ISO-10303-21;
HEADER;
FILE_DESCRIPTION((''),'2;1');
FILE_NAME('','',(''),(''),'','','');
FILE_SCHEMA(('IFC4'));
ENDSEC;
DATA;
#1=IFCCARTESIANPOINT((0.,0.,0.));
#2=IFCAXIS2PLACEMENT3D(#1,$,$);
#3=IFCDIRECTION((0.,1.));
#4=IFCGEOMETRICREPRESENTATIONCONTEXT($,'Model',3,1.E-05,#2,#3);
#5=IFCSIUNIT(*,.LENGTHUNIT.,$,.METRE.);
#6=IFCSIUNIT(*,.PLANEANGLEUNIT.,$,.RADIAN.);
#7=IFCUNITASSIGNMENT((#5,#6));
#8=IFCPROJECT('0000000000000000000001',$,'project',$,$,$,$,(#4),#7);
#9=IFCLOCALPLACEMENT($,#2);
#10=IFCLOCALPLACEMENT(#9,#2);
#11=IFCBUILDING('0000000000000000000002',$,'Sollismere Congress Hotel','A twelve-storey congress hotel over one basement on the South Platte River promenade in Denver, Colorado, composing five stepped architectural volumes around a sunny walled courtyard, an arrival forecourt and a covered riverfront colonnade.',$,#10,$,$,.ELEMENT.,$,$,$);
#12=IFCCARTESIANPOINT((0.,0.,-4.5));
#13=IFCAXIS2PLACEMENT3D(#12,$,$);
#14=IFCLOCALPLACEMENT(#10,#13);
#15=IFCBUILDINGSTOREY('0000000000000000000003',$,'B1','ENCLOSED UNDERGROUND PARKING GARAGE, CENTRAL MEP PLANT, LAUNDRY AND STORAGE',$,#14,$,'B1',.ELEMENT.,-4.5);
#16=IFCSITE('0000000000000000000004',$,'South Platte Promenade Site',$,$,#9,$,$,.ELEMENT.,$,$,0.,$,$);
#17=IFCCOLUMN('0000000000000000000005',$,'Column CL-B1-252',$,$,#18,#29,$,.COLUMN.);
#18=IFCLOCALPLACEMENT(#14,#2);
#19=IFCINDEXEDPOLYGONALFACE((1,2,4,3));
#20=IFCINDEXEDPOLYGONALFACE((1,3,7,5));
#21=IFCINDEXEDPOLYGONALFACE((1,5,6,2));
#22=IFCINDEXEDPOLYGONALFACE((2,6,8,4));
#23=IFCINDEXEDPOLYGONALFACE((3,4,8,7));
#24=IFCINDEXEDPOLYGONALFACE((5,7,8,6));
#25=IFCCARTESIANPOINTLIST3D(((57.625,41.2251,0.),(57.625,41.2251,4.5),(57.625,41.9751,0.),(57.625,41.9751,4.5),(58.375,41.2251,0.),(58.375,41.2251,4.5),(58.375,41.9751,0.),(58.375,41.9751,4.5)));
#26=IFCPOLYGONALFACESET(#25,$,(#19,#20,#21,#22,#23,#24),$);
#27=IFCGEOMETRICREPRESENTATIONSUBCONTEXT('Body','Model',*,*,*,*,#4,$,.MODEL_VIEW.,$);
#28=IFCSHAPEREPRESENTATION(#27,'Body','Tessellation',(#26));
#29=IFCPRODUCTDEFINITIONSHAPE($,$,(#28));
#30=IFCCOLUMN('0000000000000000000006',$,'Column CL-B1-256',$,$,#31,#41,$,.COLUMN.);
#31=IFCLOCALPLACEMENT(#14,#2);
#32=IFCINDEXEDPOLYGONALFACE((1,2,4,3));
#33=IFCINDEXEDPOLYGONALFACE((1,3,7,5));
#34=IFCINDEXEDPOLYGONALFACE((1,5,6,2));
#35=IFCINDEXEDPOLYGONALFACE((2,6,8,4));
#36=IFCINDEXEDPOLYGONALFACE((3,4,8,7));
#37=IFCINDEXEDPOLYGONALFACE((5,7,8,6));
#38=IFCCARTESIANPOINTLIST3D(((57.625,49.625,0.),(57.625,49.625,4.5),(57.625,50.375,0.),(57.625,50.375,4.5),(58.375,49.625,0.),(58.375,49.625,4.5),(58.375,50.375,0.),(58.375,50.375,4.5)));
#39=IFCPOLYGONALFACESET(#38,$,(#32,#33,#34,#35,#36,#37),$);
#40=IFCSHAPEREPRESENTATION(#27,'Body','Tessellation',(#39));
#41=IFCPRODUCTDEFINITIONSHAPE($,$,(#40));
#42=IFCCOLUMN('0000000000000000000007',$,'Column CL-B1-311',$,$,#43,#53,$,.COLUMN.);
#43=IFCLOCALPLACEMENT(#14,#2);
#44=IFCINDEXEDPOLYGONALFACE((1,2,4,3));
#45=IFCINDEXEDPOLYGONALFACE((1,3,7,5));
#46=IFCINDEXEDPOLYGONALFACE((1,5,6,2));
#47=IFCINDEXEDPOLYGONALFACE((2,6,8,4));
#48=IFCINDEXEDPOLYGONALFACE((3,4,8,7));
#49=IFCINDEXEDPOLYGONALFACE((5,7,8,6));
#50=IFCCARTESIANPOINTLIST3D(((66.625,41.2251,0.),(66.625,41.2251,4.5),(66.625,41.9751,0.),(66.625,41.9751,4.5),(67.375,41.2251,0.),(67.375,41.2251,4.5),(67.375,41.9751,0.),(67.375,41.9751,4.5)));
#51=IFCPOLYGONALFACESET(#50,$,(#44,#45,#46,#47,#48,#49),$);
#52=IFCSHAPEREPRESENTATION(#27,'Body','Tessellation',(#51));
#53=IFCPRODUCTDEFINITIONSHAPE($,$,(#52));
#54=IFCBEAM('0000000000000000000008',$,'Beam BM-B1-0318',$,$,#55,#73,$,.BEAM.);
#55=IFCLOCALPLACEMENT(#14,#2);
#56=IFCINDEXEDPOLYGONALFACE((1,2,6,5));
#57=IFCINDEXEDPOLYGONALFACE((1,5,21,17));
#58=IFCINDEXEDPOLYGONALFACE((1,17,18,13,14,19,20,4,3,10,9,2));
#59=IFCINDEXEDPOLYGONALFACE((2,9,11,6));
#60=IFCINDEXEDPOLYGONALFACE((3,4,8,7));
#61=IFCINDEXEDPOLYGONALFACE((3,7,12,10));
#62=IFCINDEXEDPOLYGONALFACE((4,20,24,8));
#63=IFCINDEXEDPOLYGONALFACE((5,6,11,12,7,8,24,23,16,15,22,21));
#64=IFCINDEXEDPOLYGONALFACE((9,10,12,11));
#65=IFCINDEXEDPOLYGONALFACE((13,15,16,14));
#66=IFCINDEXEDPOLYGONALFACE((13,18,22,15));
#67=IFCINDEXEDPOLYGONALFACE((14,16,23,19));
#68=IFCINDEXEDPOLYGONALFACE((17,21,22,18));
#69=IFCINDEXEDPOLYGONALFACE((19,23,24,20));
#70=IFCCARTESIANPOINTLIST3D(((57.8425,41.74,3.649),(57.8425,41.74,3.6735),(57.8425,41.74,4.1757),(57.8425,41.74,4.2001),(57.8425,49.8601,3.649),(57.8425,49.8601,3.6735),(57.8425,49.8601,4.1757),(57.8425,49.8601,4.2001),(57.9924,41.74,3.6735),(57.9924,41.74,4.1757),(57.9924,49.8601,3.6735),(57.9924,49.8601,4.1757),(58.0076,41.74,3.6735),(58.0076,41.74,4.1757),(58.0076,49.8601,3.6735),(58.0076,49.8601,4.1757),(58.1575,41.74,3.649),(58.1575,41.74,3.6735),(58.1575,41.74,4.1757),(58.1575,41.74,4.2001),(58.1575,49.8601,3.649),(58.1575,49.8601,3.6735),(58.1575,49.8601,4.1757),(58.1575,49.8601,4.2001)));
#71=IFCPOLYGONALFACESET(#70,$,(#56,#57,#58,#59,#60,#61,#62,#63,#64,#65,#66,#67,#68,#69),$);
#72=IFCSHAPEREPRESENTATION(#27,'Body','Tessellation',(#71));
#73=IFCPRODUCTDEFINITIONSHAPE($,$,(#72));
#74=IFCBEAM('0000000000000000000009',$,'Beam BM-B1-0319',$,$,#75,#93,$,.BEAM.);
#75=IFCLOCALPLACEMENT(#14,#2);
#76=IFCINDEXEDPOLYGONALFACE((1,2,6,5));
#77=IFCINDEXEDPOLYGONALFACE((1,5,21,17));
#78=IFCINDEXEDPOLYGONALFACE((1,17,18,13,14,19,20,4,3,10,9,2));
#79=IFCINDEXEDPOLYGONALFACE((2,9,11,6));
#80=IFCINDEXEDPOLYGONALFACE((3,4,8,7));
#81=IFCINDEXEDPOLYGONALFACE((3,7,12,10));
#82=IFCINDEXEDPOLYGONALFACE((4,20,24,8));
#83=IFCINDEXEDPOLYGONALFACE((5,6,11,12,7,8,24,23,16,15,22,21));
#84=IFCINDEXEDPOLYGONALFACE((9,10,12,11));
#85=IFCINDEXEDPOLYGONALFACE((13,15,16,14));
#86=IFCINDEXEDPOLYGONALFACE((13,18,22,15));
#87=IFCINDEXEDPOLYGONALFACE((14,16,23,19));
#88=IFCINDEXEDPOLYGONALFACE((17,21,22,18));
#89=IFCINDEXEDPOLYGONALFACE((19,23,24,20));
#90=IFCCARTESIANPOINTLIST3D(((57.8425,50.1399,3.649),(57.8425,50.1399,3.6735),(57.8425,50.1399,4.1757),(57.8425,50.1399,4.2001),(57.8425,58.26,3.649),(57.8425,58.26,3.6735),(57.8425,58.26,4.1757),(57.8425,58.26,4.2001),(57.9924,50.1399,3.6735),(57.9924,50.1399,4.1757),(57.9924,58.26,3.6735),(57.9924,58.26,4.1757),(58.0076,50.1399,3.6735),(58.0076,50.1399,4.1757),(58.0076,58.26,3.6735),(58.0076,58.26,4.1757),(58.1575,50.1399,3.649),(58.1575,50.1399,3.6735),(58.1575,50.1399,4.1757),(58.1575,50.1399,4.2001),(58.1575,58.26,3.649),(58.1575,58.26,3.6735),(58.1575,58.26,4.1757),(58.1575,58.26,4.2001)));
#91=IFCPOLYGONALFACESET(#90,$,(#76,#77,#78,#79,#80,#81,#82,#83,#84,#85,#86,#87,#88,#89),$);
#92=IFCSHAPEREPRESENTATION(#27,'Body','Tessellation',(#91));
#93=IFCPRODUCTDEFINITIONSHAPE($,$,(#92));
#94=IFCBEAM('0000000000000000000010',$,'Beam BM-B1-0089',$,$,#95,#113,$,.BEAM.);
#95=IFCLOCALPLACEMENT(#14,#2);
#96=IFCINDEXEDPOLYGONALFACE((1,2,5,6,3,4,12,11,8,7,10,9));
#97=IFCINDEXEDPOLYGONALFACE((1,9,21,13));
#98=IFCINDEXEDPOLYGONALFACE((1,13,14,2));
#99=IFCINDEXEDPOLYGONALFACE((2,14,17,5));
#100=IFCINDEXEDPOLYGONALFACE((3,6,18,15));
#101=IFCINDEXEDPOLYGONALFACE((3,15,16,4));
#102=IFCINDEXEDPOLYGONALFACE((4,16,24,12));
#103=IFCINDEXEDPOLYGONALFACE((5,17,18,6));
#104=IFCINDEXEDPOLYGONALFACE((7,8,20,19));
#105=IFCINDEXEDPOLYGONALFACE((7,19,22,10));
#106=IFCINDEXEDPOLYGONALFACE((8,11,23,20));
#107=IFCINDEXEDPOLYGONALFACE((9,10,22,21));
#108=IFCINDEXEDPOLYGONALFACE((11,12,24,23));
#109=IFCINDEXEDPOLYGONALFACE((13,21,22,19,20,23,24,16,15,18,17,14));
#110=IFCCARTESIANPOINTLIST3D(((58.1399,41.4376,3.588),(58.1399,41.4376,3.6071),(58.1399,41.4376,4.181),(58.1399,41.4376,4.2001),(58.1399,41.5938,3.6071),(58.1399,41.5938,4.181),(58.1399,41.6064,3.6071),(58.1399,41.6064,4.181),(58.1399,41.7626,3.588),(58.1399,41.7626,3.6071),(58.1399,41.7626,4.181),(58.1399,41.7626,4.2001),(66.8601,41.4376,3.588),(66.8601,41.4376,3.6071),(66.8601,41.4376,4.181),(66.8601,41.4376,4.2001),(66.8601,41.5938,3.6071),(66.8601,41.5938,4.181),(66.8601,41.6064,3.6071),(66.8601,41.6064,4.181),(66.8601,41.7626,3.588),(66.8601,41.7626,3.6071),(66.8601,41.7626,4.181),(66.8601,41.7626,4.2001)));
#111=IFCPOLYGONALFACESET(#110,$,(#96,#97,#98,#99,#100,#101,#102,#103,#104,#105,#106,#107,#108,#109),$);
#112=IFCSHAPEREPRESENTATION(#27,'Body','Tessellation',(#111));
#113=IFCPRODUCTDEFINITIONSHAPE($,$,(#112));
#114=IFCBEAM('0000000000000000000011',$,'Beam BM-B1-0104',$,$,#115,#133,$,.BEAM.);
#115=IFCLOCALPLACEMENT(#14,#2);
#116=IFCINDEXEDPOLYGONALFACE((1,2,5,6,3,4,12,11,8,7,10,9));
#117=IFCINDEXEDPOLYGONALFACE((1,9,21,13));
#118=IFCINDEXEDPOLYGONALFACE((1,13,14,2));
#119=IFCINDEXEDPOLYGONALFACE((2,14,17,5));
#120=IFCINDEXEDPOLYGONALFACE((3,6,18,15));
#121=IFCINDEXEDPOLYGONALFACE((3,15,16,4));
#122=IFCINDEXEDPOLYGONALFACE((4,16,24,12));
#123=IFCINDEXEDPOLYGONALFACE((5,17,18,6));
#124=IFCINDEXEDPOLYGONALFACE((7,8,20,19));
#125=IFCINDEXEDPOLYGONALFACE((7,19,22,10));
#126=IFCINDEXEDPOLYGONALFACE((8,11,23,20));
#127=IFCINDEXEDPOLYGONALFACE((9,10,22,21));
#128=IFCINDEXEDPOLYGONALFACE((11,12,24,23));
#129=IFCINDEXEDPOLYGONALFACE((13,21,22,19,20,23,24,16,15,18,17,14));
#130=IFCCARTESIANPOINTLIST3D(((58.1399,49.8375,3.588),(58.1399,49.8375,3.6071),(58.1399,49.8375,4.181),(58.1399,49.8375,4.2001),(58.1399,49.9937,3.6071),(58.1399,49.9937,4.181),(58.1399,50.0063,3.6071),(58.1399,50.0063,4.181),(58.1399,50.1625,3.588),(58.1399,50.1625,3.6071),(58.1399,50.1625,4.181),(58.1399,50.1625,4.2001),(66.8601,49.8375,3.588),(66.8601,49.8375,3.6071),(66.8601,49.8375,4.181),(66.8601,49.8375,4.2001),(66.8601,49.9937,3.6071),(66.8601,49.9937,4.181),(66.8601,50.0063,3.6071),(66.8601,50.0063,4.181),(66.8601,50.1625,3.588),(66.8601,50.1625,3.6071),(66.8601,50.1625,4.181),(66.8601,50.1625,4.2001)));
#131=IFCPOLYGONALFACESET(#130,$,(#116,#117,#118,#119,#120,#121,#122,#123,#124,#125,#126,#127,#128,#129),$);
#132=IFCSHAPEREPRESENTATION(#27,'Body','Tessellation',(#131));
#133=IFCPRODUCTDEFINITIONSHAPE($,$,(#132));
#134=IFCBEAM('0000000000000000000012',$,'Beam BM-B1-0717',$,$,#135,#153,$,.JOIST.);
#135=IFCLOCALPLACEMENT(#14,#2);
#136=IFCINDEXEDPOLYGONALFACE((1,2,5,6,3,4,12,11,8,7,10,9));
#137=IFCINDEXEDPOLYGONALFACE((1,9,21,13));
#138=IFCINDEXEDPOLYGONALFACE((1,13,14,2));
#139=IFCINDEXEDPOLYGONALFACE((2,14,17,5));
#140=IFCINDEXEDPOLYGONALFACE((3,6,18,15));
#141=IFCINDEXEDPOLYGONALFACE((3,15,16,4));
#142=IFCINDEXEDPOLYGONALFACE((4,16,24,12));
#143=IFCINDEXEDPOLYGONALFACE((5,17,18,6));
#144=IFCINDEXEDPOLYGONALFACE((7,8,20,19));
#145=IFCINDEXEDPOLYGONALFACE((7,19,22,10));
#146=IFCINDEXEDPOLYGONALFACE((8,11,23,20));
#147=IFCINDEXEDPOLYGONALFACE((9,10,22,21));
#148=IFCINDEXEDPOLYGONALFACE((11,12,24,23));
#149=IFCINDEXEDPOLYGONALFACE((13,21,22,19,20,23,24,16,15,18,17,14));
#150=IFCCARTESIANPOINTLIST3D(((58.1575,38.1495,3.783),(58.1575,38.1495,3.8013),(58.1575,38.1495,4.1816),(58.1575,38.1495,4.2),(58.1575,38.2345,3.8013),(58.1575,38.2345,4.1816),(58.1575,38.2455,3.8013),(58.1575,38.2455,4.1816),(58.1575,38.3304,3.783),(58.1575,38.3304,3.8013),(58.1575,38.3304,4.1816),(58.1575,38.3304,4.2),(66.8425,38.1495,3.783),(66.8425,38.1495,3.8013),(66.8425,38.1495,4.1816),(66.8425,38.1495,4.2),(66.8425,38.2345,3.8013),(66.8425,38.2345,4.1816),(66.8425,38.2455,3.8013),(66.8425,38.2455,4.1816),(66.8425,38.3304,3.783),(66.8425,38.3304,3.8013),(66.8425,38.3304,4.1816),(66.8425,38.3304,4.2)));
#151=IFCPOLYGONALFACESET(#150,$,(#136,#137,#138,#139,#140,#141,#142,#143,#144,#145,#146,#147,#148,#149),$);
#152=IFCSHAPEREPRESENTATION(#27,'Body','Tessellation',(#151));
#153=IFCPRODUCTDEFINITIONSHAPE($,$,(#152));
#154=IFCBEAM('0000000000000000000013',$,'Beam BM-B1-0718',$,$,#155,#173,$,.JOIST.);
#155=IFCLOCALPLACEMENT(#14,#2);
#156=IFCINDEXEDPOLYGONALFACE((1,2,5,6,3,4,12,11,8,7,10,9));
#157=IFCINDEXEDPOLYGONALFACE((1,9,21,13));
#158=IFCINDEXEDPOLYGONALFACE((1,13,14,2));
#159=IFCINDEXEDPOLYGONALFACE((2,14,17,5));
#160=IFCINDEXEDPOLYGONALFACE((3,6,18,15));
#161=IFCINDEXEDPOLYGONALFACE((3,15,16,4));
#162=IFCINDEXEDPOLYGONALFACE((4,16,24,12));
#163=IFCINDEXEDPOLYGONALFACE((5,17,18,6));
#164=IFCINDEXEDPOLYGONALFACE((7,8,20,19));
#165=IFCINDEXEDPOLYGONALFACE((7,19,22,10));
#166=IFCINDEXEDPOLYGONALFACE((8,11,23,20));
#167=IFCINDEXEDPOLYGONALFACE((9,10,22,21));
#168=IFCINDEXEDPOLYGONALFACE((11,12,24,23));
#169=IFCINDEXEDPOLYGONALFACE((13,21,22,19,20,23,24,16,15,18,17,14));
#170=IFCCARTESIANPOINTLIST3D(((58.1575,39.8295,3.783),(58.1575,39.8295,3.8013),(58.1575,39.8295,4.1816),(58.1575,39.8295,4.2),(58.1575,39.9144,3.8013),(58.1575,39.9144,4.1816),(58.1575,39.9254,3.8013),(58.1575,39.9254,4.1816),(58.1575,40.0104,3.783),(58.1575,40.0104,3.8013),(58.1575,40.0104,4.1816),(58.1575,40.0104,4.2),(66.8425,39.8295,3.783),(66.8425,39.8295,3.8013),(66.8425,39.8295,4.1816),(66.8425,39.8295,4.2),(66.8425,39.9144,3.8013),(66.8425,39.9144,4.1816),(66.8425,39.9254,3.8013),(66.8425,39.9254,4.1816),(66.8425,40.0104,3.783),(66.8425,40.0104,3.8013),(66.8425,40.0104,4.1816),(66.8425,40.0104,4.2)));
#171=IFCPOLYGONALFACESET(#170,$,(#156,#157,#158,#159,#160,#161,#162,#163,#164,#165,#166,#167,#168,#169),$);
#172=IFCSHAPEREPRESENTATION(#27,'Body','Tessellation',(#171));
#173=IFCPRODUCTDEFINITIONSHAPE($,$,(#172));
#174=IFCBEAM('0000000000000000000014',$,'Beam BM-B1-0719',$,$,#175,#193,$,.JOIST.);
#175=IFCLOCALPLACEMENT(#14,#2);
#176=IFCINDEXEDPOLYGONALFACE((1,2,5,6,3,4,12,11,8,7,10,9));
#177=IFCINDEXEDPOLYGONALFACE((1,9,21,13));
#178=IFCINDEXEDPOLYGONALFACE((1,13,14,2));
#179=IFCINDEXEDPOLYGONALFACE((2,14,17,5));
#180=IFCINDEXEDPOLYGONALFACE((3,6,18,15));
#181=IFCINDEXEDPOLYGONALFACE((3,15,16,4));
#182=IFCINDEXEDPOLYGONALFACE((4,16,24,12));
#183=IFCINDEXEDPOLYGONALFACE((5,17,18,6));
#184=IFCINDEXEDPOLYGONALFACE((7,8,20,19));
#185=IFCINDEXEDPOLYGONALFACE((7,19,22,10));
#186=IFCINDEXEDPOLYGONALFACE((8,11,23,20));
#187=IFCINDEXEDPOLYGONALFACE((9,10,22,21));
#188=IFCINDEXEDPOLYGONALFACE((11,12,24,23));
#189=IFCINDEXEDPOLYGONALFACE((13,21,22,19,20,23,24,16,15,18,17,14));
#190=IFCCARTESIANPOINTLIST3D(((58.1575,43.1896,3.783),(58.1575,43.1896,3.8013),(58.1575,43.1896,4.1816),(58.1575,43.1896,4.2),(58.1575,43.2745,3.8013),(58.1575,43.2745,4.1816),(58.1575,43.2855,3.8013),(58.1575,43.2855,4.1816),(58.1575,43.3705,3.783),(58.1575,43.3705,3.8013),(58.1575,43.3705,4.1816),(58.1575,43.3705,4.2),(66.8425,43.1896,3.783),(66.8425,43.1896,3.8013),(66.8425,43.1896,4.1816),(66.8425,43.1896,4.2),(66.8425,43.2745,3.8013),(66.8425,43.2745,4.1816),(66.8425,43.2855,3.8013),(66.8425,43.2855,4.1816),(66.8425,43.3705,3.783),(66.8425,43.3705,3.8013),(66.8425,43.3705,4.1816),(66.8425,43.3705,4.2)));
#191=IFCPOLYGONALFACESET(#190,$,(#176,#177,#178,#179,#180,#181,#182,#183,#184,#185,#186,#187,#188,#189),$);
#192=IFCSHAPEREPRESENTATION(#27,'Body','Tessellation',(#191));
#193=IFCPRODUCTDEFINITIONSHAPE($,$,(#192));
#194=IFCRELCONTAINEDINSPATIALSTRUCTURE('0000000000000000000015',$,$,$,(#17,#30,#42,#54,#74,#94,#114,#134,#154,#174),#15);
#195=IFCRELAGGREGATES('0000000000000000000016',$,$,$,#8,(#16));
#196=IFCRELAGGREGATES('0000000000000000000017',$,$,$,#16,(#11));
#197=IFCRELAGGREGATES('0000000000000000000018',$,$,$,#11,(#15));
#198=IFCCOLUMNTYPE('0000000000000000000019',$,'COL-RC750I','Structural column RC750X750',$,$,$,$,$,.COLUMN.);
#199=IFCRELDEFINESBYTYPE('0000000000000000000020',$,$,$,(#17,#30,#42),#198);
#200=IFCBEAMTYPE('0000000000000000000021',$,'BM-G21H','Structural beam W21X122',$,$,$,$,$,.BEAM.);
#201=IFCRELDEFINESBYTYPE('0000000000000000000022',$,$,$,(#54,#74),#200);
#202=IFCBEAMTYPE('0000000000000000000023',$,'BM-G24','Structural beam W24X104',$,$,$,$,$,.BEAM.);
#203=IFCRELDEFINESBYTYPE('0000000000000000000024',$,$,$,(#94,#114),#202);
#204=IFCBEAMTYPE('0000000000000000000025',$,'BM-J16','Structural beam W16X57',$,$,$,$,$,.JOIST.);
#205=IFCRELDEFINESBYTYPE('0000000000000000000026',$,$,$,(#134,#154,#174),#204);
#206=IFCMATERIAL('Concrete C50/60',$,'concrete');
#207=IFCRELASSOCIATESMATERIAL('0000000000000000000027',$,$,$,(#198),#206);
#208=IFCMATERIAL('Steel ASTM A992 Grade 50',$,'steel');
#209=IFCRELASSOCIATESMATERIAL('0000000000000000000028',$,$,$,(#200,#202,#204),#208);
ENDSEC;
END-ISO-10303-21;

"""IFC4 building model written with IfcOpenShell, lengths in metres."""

from ifc_helpers import new_model, si_unit, direction, frame, origin, origin_2d, place, context, subcontext, project, spatial, rectangle, i_section, extrude, material, material_profile, profile_set, type_object, element, save


model = new_model("IFC4")

# Units and contexts
model_context = context("Model", 3, precision=1e-05, world=origin(), true_north=direction((0.0, 1.0)))
body_context = subcontext(model_context, "Body", "Model", "MODEL_VIEW")
ifc_project = project(units=[si_unit("LENGTHUNIT", "METRE"), si_unit("PLANEANGLEUNIT", "RADIAN")], contexts=[model_context])

# Site, building, storey
site_placement = place(None, origin())
site = spatial("IfcSite", under=ifc_project, at=site_placement, Name="South Platte Promenade Site", CompositionType="ELEMENT", RefElevation=0.0)
building_placement = place(site_placement, origin())
building = spatial("IfcBuilding", under=site, at=building_placement, Name="Sollismere Congress Hotel", Description="A twelve-storey congress hotel over one basement on the South Platte River promenade in Denver, Colorado, composing five stepped architectural volumes around a sunny walled courtyard, an arrival forecourt and a covered riverfront colonnade.", CompositionType="ELEMENT")
storey_placement = place(building_placement, frame((0.0, 0.0, -4.5)))
storey = spatial("IfcBuildingStorey", under=building, at=storey_placement, Name="B1", Description="ENCLOSED UNDERGROUND PARKING GARAGE, CENTRAL MEP PLANT, LAUNDRY AND STORAGE", LongName="B1", CompositionType="ELEMENT", Elevation=-4.5)

# Columns
ifc_material_1 = material(Name="Concrete C50/60", Category="concrete")
ifc_material_profile_1 = material_profile(ifc_material_1, rectangle(XDim=0.75, YDim=0.75, at=origin_2d()), Name="RC750X750")
ifc_profile_set_1 = profile_set([ifc_material_profile_1], Name="Concrete C50/60")
column_type = type_object("IfcColumnType", Name="COL-RC750I", Description="Structural column RC750X750", PredefinedType="COLUMN", material=ifc_profile_set_1)
for number, where, z_axis, x_axis, name in (
    (1, (58.0, 41.6001, 0.0), (0.0, 0.0, 1.0), (1.0, 0.0, 0.0), "Column CL-B1-252"),
    (2, (58.0, 50.0, 0.0), (0.0, 0.0, 1.0), (1.0, 0.0, 0.0), "Column CL-B1-256"),
    (3, (67.0, 41.6001, 0.0), (0.0, 0.0, 1.0), (1.0, 0.0, 0.0), "Column CL-B1-311"),
):
    element("IfcColumn", number, at=place(storey_placement, frame(where, z_axis=z_axis, x_axis=x_axis)), inside=storey, type_object=column_type, Name=name, PredefinedType="COLUMN", context=body_context, shape_type="SweptSolid", body=[
        extrude(rectangle(XDim=0.75, YDim=0.75, at=origin_2d()), origin(), (0.0, 0.0, 1.0), 4.5),
    ])

# Beams
ifc_material_2 = material(Name="Steel ASTM A992 Grade 50", Category="steel")
ifc_material_profile_2 = material_profile(ifc_material_2, i_section(OverallWidth=0.3149, OverallDepth=0.551, WebThickness=0.0151, FlangeThickness=0.0244, at=origin_2d()), Name="W21X122")
ifc_profile_set_2 = profile_set([ifc_material_profile_2], Name="Steel ASTM A992 Grade 50")
beam_type_1 = type_object("IfcBeamType", Name="BM-G21H", Description="Structural beam W21X122", PredefinedType="BEAM", material=ifc_profile_set_2)
for number, where, z_axis, x_axis, name in (
    (4, (58.0, 41.74, 3.9246), (0.0, 1.0, 0.0), (-1.0, 0.0, 0.0), "Beam BM-B1-0318"),
    (5, (58.0, 50.1399, 3.9246), (0.0, 1.0, 0.0), (-1.0, 0.0, 0.0), "Beam BM-B1-0319"),
):
    element("IfcBeam", number, at=place(storey_placement, frame(where, z_axis=z_axis, x_axis=x_axis)), inside=storey, type_object=beam_type_1, Name=name, PredefinedType="BEAM", context=body_context, shape_type="SweptSolid", body=[
        extrude(i_section(OverallWidth=0.3149, OverallDepth=0.551, WebThickness=0.0151, FlangeThickness=0.0244, at=origin_2d()), origin(), (0.0, 0.0, 1.0), 8.1201),
    ])
ifc_material_profile_3 = material_profile(ifc_material_2, i_section(OverallWidth=0.325, OverallDepth=0.6121, WebThickness=0.0127, FlangeThickness=0.019, at=origin_2d()), Name="W24X104")
ifc_profile_set_3 = profile_set([ifc_material_profile_3], Name="Steel ASTM A992 Grade 50")
beam_type_2 = type_object("IfcBeamType", Name="BM-G24", Description="Structural beam W24X104", PredefinedType="BEAM", material=ifc_profile_set_3)
for number, where, z_axis, x_axis, name in (
    (6, (58.1399, 41.6001, 3.894), (1.0, 0.0, 0.0), (0.0, 1.0, 0.0), "Beam BM-B1-0089"),
    (7, (58.1399, 50.0, 3.894), (1.0, 0.0, 0.0), (0.0, 1.0, 0.0), "Beam BM-B1-0104"),
):
    element("IfcBeam", number, at=place(storey_placement, frame(where, z_axis=z_axis, x_axis=x_axis)), inside=storey, type_object=beam_type_2, Name=name, PredefinedType="BEAM", context=body_context, shape_type="SweptSolid", body=[
        extrude(i_section(OverallWidth=0.325, OverallDepth=0.6121, WebThickness=0.0127, FlangeThickness=0.019, at=origin_2d()), origin(), (0.0, 0.0, 1.0), 8.7202),
    ])
ifc_material_profile_4 = material_profile(ifc_material_2, i_section(OverallWidth=0.1809, OverallDepth=0.417, WebThickness=0.011, FlangeThickness=0.0183, at=origin_2d()), Name="W16X57")
ifc_profile_set_4 = profile_set([ifc_material_profile_4], Name="Steel ASTM A992 Grade 50")
beam_type_3 = type_object("IfcBeamType", Name="BM-J16", Description="Structural beam W16X57", PredefinedType="JOIST", material=ifc_profile_set_4)
for number, where, z_axis, x_axis, name in (
    (8, (58.1575, 38.24, 3.9915), (1.0, 0.0, 0.0), (0.0, 1.0, 0.0), "Beam BM-B1-0717"),
    (9, (58.1575, 39.9199, 3.9915), (1.0, 0.0, 0.0), (0.0, 1.0, 0.0), "Beam BM-B1-0718"),
    (10, (58.1575, 43.28, 3.9915), (1.0, 0.0, 0.0), (0.0, 1.0, 0.0), "Beam BM-B1-0719"),
):
    element("IfcBeam", number, at=place(storey_placement, frame(where, z_axis=z_axis, x_axis=x_axis)), inside=storey, type_object=beam_type_3, Name=name, PredefinedType="JOIST", context=body_context, shape_type="SweptSolid", body=[
        extrude(i_section(OverallWidth=0.1809, OverallDepth=0.417, WebThickness=0.011, FlangeThickness=0.0183, at=origin_2d()), origin(), (0.0, 0.0, 1.0), 8.6851),
    ])

save(model, "model.ifc")
